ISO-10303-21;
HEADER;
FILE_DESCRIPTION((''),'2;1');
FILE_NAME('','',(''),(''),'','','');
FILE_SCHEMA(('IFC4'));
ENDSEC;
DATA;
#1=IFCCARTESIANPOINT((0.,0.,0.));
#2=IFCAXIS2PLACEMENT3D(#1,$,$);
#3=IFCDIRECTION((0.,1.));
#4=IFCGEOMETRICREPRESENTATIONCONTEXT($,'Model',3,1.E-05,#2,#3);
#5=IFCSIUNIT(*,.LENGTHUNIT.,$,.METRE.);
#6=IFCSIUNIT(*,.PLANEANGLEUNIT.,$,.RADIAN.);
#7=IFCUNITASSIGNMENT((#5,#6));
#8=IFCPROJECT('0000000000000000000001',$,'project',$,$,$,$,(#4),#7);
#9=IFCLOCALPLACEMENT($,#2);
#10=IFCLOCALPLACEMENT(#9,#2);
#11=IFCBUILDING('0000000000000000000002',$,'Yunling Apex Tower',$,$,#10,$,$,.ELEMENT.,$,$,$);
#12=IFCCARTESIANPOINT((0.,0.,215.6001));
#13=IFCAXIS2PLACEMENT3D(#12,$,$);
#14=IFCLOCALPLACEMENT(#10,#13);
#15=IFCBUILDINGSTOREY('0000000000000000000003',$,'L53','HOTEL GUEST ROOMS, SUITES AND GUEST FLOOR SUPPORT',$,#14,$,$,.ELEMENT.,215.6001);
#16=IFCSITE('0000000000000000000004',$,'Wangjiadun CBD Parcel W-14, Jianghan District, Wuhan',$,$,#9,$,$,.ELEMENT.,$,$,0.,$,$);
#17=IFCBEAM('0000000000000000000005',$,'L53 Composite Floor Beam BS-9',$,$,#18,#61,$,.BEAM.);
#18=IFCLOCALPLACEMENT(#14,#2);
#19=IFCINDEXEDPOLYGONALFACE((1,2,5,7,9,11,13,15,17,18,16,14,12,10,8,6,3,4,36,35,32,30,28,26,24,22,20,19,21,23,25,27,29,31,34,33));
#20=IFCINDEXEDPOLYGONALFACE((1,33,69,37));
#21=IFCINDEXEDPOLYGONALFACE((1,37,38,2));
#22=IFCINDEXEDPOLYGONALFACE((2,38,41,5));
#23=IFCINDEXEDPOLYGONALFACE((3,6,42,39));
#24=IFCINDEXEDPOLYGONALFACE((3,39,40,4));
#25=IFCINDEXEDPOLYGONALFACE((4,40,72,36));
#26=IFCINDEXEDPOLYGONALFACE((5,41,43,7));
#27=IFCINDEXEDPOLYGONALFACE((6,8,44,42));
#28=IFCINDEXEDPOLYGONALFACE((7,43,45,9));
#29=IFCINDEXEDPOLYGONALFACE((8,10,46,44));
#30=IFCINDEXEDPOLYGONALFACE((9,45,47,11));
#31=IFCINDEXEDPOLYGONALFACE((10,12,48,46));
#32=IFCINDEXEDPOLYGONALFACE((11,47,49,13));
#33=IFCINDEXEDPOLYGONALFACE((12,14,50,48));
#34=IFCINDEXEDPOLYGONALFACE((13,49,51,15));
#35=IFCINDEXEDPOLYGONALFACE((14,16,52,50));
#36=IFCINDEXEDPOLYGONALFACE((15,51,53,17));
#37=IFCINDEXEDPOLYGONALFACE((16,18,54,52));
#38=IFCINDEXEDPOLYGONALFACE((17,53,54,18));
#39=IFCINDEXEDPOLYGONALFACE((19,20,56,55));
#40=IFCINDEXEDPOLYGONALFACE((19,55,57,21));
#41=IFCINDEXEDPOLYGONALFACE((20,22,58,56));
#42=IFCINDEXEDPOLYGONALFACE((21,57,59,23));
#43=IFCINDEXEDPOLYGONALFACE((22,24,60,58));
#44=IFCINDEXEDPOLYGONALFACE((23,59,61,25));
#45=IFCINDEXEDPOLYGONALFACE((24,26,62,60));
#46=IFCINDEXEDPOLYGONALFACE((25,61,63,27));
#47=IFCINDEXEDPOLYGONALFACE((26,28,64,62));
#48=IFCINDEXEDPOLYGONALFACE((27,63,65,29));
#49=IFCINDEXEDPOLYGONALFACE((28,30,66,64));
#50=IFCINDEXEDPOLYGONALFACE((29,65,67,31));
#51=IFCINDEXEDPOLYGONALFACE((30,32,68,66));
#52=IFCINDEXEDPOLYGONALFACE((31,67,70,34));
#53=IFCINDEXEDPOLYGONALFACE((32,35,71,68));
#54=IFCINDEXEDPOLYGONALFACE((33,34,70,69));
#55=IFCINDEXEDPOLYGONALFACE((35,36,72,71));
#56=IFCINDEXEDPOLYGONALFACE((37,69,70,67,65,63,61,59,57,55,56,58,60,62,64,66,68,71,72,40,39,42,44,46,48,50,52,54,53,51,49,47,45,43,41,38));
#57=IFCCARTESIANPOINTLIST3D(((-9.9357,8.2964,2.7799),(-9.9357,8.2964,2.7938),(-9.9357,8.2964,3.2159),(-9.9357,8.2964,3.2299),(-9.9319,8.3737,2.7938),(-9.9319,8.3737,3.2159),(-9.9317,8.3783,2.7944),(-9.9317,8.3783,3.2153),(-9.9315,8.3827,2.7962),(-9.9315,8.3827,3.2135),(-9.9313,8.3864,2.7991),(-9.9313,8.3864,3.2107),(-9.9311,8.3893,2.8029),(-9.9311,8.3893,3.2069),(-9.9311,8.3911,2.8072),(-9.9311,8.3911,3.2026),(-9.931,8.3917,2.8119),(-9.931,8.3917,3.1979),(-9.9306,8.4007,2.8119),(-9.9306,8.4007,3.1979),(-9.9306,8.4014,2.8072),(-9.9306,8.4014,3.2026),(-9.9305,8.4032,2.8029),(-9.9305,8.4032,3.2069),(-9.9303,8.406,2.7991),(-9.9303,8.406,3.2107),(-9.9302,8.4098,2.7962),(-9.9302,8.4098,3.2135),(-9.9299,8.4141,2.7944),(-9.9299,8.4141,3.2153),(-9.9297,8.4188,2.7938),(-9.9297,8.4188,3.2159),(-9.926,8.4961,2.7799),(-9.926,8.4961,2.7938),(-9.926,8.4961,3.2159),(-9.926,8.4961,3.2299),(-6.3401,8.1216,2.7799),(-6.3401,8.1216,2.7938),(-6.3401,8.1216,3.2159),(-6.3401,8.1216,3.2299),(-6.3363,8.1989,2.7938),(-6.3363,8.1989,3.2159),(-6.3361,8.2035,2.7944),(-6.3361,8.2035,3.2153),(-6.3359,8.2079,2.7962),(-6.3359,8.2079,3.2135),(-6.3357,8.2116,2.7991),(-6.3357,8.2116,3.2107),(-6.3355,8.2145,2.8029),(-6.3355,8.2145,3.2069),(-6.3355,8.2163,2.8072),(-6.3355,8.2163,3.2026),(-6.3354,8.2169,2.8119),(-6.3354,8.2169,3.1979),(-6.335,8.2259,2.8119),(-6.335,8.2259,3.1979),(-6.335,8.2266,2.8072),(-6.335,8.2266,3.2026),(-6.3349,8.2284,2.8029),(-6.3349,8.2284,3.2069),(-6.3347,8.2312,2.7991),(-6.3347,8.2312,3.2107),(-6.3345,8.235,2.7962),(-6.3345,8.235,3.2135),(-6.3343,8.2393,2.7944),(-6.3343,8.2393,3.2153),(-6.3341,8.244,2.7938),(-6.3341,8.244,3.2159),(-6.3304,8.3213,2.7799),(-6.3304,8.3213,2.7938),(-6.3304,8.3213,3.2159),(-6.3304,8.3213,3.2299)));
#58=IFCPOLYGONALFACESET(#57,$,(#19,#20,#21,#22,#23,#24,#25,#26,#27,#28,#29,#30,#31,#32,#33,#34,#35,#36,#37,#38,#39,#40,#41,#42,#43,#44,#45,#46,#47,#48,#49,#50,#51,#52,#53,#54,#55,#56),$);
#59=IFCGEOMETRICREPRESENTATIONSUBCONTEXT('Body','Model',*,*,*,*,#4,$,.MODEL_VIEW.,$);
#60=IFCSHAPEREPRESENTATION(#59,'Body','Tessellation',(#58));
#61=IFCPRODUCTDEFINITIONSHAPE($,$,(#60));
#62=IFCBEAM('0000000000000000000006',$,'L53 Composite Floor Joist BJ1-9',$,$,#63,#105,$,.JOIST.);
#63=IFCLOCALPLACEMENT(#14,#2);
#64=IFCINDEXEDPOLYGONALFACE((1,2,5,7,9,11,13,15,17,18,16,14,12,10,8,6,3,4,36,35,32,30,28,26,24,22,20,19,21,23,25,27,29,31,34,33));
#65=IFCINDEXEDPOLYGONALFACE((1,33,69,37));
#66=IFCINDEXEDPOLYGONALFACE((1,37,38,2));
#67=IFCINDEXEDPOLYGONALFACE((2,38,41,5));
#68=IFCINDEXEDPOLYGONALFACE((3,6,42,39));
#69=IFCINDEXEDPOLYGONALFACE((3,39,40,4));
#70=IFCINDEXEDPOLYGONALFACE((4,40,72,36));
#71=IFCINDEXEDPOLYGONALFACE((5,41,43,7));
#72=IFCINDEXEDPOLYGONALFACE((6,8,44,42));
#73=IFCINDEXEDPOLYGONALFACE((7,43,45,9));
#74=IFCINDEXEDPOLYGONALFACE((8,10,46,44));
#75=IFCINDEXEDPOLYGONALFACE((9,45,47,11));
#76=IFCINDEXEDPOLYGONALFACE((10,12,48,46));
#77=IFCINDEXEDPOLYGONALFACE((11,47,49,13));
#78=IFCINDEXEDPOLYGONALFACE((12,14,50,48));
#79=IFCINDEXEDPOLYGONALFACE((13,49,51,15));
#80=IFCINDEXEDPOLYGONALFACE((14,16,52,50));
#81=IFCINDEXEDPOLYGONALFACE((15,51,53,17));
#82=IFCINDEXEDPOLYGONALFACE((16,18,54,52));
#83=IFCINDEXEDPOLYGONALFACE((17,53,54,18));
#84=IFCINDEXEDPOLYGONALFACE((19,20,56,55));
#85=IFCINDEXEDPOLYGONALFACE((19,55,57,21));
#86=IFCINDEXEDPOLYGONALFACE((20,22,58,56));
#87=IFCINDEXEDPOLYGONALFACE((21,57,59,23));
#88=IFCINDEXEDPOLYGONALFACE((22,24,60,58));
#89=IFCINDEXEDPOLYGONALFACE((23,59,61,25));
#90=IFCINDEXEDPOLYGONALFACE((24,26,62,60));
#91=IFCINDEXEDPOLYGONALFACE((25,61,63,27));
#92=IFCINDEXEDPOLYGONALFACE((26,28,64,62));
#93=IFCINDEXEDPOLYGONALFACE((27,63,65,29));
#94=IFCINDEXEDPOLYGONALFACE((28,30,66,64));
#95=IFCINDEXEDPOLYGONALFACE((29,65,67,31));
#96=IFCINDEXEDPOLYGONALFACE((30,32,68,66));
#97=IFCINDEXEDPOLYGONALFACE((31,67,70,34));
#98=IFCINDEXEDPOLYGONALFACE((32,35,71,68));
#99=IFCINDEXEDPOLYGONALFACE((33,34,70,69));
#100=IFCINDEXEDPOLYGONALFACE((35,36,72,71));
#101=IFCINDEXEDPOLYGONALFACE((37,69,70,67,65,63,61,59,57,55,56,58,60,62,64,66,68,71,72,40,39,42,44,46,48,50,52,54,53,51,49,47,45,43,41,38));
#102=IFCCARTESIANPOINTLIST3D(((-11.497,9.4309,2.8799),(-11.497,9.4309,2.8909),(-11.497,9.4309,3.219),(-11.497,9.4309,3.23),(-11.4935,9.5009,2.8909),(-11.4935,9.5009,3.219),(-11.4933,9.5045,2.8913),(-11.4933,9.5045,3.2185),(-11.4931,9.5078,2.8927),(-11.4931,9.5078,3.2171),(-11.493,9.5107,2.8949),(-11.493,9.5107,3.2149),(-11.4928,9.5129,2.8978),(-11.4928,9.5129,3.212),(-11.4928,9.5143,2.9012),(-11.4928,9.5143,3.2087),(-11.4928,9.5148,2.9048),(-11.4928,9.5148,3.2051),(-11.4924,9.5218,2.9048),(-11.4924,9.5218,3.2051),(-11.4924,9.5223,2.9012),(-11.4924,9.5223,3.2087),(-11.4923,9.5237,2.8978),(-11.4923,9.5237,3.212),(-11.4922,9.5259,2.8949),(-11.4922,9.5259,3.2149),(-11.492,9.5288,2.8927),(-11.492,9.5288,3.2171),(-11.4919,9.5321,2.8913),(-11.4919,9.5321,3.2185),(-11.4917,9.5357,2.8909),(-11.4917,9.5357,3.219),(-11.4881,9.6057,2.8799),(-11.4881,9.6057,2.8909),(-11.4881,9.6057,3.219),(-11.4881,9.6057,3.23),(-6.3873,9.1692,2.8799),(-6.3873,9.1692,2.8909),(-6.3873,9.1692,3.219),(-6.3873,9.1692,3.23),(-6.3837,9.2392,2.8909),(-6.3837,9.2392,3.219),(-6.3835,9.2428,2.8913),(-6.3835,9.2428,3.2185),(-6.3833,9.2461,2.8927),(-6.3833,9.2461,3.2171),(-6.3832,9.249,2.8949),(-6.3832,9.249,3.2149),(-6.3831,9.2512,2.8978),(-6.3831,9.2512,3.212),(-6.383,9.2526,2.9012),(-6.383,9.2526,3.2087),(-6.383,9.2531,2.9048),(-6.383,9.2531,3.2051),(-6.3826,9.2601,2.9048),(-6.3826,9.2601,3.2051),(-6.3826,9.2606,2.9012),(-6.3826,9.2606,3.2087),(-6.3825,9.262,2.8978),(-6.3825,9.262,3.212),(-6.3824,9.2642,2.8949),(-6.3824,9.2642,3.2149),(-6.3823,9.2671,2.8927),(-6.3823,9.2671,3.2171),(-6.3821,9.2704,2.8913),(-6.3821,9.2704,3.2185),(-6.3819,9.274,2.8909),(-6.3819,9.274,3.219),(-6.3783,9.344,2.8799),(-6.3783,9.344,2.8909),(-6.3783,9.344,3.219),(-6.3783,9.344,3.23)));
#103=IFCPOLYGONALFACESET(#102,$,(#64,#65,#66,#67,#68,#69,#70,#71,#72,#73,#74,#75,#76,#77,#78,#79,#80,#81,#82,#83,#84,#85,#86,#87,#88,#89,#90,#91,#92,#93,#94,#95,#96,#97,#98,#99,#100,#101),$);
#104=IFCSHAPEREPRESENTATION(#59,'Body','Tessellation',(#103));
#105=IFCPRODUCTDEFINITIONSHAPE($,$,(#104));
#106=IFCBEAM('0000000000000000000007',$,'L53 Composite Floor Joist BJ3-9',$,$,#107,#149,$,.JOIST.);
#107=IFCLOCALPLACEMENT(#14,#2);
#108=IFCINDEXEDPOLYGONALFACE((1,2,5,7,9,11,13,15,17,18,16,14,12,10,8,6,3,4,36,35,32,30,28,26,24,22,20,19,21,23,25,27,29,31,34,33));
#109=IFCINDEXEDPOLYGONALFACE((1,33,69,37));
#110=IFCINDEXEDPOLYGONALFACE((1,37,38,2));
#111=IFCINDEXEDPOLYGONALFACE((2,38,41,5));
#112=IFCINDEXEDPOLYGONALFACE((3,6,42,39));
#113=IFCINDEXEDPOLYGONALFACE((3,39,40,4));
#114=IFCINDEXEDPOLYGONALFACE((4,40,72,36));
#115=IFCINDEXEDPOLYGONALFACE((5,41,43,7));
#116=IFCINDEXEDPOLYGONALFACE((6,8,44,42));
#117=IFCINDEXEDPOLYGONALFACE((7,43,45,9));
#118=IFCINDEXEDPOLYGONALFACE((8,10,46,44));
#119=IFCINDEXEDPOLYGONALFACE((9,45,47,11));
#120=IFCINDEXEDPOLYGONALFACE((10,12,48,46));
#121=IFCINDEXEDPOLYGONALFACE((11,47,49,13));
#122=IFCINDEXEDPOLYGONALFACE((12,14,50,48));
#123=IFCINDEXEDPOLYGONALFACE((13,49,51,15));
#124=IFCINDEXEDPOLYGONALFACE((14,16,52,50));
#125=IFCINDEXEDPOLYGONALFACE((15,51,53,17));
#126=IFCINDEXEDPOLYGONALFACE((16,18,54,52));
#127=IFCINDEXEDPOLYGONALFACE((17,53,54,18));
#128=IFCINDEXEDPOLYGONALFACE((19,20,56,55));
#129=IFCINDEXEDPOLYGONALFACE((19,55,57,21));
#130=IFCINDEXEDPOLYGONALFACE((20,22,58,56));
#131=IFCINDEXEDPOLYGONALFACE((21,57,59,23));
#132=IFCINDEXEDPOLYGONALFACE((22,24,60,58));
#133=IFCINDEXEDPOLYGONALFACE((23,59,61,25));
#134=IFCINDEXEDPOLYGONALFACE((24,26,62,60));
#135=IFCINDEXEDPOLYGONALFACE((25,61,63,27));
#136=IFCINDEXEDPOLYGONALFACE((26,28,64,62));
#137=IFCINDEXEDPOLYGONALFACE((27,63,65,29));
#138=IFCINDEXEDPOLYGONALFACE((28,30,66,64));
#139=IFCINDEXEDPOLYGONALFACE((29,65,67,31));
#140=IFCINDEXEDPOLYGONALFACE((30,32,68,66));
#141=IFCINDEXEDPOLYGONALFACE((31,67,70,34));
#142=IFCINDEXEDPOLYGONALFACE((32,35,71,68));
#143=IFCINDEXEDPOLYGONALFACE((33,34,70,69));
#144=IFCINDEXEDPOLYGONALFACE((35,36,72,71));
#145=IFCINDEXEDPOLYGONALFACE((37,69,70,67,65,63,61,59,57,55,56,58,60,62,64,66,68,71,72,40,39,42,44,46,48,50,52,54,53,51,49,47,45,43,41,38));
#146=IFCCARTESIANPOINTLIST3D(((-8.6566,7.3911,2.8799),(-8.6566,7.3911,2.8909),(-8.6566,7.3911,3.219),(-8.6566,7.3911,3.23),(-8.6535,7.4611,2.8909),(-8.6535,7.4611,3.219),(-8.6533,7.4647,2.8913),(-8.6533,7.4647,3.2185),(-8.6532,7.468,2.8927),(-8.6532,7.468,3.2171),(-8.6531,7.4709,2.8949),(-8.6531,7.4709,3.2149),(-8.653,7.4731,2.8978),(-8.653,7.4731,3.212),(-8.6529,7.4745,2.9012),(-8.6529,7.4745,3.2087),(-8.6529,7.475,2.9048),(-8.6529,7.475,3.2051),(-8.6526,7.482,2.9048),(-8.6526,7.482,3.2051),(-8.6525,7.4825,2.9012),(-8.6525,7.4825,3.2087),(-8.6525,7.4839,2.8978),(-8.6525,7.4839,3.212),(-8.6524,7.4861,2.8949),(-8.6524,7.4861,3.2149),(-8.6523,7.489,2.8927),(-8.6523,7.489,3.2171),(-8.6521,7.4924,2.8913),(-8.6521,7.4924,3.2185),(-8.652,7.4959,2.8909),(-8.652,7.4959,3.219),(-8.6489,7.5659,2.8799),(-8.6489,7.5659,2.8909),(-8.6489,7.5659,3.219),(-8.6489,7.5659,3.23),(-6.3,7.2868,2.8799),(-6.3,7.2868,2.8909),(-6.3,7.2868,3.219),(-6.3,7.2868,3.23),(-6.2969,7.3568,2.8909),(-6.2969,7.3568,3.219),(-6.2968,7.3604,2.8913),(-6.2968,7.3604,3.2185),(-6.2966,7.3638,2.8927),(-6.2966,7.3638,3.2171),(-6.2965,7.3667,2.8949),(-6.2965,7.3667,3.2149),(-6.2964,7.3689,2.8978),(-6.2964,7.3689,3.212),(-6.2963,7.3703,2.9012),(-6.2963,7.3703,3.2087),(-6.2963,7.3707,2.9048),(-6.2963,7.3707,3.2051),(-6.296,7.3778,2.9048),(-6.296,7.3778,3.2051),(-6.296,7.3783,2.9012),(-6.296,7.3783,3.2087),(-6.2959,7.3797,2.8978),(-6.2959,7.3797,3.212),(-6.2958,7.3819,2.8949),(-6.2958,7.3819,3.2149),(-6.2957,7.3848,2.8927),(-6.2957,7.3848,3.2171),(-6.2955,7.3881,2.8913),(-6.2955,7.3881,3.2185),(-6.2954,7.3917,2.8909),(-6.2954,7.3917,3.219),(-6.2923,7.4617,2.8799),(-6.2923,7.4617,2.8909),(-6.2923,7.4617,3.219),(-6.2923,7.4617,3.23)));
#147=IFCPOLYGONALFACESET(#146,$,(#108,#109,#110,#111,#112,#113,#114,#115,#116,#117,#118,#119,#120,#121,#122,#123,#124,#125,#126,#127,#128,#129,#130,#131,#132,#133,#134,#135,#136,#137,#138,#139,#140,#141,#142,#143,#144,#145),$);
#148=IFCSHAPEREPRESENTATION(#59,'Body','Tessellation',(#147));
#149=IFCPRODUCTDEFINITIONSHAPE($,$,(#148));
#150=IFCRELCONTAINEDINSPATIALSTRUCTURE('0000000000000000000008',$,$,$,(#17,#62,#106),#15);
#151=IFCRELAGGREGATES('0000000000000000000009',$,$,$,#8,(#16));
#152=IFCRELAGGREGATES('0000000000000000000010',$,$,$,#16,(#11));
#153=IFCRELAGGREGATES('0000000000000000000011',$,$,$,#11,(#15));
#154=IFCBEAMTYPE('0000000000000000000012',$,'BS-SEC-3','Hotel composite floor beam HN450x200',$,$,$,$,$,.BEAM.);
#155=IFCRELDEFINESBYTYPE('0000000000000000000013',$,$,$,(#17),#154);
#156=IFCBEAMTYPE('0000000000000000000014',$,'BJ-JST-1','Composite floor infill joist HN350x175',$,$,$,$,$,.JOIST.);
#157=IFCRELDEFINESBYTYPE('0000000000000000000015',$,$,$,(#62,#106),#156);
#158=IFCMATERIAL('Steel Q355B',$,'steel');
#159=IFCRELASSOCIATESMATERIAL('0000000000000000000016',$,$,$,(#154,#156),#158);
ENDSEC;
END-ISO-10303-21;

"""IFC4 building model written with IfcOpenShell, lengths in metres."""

from ifc_helpers import new_model, si_unit, direction, frame, origin, origin_2d, place, context, subcontext, project, spatial, i_section, extrude, source, transform, mapped, material, material_profile, profile_set, type_object, element, save


model = new_model("IFC4")

# Units and contexts
model_context = context("Model", 3, precision=1e-05, world=origin(), true_north=direction((0.0, 1.0)))
body_context = subcontext(model_context, "Body", "Model", "MODEL_VIEW")
ifc_project = project(units=[si_unit("LENGTHUNIT", "METRE"), si_unit("PLANEANGLEUNIT", "RADIAN")], contexts=[model_context])

# Site, building, storey
site_placement = place(None, origin())
site = spatial("IfcSite", under=ifc_project, at=site_placement, Name="Wangjiadun CBD Parcel W-14, Jianghan District, Wuhan", CompositionType="ELEMENT", RefElevation=0.0)
building_placement = place(site_placement, origin())
building = spatial("IfcBuilding", under=site, at=building_placement, Name="Yunling Apex Tower", CompositionType="ELEMENT")
storey_placement = place(building_placement, frame((0.0, 0.0, 215.6001)))
storey = spatial("IfcBuildingStorey", under=building, at=storey_placement, Name="L53", Description="HOTEL GUEST ROOMS, SUITES AND GUEST FLOOR SUPPORT", CompositionType="ELEMENT", Elevation=215.6001)

# Beams
ifc_material_1 = material(Name="Steel Q355B", Category="steel")
ifc_material_profile_1 = material_profile(ifc_material_1, i_section(OverallWidth=0.2, OverallDepth=0.45, WebThickness=0.009, FlangeThickness=0.0139, FilletRadius=0.0181, at=origin_2d()))
ifc_profile_set_1 = profile_set([ifc_material_profile_1], Name="Steel Q355B")
beam_type_1 = type_object("IfcBeamType", Name="BS-SEC-3", Description="Hotel composite floor beam HN450x200", PredefinedType="BEAM", material=ifc_profile_set_1)
shared_shape_1 = source(origin(), body_context, "Body", "SweptSolid", [
    extrude(i_section(OverallWidth=0.2, OverallDepth=0.45, WebThickness=0.009, FlangeThickness=0.0139, FilletRadius=0.0181, at=origin_2d()), origin(), (0.0, 0.0, 1.0), 3.5999),
])
beam_1_placement = place(storey_placement, frame((-6.3352, 8.2214, 3.0049), z_axis=(-0.99882, 0.048558, 0.0), x_axis=(-0.048558, -0.99882, 0.0)))
element("IfcBeam", 1, at=beam_1_placement, inside=storey, type_object=beam_type_1, Name="L53 Composite Floor Beam BS-9", PredefinedType="BEAM", context=body_context, shape_type="MappedRepresentation", body=[
    mapped(shared_shape_1, transform((0.0, 0.0, 0.0), scale=1.0)),
])
ifc_material_profile_2 = material_profile(ifc_material_1, i_section(OverallWidth=0.175, OverallDepth=0.3501, WebThickness=0.0071, FlangeThickness=0.011, FilletRadius=0.0139, at=origin_2d()))
ifc_profile_set_2 = profile_set([ifc_material_profile_2], Name="Steel Q355B")
beam_type_2 = type_object("IfcBeamType", Name="BJ-JST-1", Description="Composite floor infill joist HN350x175", PredefinedType="JOIST", material=ifc_profile_set_2)
shared_shape_2 = source(origin(), body_context, "Body", "SweptSolid", [
    extrude(i_section(OverallWidth=0.175, OverallDepth=0.3501, WebThickness=0.0071, FlangeThickness=0.011, FilletRadius=0.0139, at=origin_2d()), origin(), (0.0, 0.0, 1.0), 5.1165),
])
beam_2_placement = place(storey_placement, frame((-6.3828, 9.2566, 3.0549), z_axis=(-0.998691, 0.051151, 0.0), x_axis=(-0.051151, -0.998691, 0.0)))
element("IfcBeam", 2, at=beam_2_placement, inside=storey, type_object=beam_type_2, Name="L53 Composite Floor Joist BJ1-9", PredefinedType="JOIST", context=body_context, shape_type="MappedRepresentation", body=[
    mapped(shared_shape_2, transform((0.0, 0.0, 0.0), scale=1.0)),
])
shared_shape_3 = source(origin(), body_context, "Body", "SweptSolid", [
    extrude(i_section(OverallWidth=0.175, OverallDepth=0.3501, WebThickness=0.0071, FlangeThickness=0.011, FilletRadius=0.0139, at=origin_2d()), origin(), (0.0, 0.0, 1.0), 2.3589),
])
beam_3_placement = place(storey_placement, frame((-6.2961, 7.3743, 3.0549), z_axis=(-0.999023, 0.044192, 0.0), x_axis=(-0.044192, -0.999023, 0.0)))
element("IfcBeam", 3, at=beam_3_placement, inside=storey, type_object=beam_type_2, Name="L53 Composite Floor Joist BJ3-9", PredefinedType="JOIST", context=body_context, shape_type="MappedRepresentation", body=[
    mapped(shared_shape_3, transform((0.0, 0.0, 0.0), scale=1.0)),
])

save(model, "model.ifc")
